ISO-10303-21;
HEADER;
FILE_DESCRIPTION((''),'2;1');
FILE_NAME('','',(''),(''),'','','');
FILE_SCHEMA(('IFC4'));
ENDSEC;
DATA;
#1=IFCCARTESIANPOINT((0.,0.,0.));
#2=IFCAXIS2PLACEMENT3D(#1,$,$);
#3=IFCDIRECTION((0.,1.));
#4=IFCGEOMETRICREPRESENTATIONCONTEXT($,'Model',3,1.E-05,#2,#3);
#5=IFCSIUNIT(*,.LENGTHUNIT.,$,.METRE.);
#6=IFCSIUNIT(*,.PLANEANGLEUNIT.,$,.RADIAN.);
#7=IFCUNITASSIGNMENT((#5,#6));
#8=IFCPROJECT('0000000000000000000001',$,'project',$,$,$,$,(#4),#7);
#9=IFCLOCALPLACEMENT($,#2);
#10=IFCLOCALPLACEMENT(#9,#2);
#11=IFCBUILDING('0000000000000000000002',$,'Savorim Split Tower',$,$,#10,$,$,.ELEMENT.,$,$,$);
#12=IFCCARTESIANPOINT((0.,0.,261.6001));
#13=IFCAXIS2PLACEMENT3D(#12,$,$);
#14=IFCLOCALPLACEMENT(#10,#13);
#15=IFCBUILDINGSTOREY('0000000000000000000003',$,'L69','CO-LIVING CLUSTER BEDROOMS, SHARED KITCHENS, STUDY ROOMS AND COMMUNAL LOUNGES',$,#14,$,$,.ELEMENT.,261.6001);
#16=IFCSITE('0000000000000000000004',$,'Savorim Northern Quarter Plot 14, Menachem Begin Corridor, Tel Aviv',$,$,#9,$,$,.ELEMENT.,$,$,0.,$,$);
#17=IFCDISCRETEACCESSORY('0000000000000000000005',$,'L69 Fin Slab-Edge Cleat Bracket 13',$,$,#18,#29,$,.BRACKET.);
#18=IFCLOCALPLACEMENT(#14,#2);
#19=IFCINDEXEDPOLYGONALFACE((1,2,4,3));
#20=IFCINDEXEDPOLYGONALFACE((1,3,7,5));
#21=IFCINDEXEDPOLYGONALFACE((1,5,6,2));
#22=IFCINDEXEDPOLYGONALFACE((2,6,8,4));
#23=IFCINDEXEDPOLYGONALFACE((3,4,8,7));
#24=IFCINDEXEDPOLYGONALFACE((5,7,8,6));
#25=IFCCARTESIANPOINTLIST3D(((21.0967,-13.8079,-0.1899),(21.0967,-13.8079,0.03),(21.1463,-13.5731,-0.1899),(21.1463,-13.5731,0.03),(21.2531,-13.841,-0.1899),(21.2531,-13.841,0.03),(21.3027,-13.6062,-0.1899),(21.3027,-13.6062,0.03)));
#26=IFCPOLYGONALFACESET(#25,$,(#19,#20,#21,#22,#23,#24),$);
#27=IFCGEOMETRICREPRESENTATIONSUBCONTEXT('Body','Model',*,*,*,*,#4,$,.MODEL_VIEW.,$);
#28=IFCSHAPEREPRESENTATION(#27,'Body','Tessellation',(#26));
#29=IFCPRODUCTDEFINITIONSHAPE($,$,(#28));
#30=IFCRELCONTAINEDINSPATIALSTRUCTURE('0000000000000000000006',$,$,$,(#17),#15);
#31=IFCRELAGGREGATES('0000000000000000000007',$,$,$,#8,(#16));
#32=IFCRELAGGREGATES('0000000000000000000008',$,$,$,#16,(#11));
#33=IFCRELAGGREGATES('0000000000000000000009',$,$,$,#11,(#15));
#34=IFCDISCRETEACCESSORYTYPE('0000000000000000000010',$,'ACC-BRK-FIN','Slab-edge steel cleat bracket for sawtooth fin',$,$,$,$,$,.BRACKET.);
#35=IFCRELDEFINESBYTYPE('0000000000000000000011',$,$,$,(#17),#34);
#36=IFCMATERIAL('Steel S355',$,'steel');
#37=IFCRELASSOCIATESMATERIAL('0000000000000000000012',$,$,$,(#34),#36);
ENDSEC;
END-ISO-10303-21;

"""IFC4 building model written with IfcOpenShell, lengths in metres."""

from ifc_helpers import new_model, si_unit, direction, frame, origin, origin_2d, place, context, subcontext, project, spatial, rectangle, extrude, material, type_object, element, save


model = new_model("IFC4")

# Units and contexts
model_context = context("Model", 3, precision=1e-05, world=origin(), true_north=direction((0.0, 1.0)))
body_context = subcontext(model_context, "Body", "Model", "MODEL_VIEW")
ifc_project = project(units=[si_unit("LENGTHUNIT", "METRE"), si_unit("PLANEANGLEUNIT", "RADIAN")], contexts=[model_context])

# Site, building, storey
site_placement = place(None, origin())
site = spatial("IfcSite", under=ifc_project, at=site_placement, Name="Savorim Northern Quarter Plot 14, Menachem Begin Corridor, Tel Aviv", CompositionType="ELEMENT", RefElevation=0.0)
building_placement = place(site_placement, origin())
building = spatial("IfcBuilding", under=site, at=building_placement, Name="Savorim Split Tower", CompositionType="ELEMENT")
storey_placement = place(building_placement, frame((0.0, 0.0, 261.6001)))
storey = spatial("IfcBuildingStorey", under=building, at=storey_placement, Name="L69", Description="CO-LIVING CLUSTER BEDROOMS, SHARED KITCHENS, STUDY ROOMS AND COMMUNAL LOUNGES", CompositionType="ELEMENT", Elevation=261.6001)

# Shared definitions
ifc_material_1 = material(Name="Steel S355", Category="steel")

# Discrete accessory
discrete_accessory_type = type_object("IfcDiscreteAccessoryType", Name="ACC-BRK-FIN", Description="Slab-edge steel cleat bracket for sawtooth fin", PredefinedType="BRACKET", material=ifc_material_1)
discrete_accessory_placement = place(storey_placement, frame((21.1997, -13.707, -0.1899), z_axis=(0.0, 0.0, 1.0), x_axis=(-0.206722, -0.9784, 0.0)))
element("IfcDiscreteAccessory", 1, at=discrete_accessory_placement, inside=storey, type_object=discrete_accessory_type, Name="L69 Fin Slab-Edge Cleat Bracket 13", PredefinedType="BRACKET", context=body_context, shape_type="SweptSolid", body=[
    extrude(rectangle(XDim=0.24, YDim=0.1599, at=origin_2d()), origin(), (0.0, 0.0, 1.0), 0.22),
])

save(model, "model.ifc")
